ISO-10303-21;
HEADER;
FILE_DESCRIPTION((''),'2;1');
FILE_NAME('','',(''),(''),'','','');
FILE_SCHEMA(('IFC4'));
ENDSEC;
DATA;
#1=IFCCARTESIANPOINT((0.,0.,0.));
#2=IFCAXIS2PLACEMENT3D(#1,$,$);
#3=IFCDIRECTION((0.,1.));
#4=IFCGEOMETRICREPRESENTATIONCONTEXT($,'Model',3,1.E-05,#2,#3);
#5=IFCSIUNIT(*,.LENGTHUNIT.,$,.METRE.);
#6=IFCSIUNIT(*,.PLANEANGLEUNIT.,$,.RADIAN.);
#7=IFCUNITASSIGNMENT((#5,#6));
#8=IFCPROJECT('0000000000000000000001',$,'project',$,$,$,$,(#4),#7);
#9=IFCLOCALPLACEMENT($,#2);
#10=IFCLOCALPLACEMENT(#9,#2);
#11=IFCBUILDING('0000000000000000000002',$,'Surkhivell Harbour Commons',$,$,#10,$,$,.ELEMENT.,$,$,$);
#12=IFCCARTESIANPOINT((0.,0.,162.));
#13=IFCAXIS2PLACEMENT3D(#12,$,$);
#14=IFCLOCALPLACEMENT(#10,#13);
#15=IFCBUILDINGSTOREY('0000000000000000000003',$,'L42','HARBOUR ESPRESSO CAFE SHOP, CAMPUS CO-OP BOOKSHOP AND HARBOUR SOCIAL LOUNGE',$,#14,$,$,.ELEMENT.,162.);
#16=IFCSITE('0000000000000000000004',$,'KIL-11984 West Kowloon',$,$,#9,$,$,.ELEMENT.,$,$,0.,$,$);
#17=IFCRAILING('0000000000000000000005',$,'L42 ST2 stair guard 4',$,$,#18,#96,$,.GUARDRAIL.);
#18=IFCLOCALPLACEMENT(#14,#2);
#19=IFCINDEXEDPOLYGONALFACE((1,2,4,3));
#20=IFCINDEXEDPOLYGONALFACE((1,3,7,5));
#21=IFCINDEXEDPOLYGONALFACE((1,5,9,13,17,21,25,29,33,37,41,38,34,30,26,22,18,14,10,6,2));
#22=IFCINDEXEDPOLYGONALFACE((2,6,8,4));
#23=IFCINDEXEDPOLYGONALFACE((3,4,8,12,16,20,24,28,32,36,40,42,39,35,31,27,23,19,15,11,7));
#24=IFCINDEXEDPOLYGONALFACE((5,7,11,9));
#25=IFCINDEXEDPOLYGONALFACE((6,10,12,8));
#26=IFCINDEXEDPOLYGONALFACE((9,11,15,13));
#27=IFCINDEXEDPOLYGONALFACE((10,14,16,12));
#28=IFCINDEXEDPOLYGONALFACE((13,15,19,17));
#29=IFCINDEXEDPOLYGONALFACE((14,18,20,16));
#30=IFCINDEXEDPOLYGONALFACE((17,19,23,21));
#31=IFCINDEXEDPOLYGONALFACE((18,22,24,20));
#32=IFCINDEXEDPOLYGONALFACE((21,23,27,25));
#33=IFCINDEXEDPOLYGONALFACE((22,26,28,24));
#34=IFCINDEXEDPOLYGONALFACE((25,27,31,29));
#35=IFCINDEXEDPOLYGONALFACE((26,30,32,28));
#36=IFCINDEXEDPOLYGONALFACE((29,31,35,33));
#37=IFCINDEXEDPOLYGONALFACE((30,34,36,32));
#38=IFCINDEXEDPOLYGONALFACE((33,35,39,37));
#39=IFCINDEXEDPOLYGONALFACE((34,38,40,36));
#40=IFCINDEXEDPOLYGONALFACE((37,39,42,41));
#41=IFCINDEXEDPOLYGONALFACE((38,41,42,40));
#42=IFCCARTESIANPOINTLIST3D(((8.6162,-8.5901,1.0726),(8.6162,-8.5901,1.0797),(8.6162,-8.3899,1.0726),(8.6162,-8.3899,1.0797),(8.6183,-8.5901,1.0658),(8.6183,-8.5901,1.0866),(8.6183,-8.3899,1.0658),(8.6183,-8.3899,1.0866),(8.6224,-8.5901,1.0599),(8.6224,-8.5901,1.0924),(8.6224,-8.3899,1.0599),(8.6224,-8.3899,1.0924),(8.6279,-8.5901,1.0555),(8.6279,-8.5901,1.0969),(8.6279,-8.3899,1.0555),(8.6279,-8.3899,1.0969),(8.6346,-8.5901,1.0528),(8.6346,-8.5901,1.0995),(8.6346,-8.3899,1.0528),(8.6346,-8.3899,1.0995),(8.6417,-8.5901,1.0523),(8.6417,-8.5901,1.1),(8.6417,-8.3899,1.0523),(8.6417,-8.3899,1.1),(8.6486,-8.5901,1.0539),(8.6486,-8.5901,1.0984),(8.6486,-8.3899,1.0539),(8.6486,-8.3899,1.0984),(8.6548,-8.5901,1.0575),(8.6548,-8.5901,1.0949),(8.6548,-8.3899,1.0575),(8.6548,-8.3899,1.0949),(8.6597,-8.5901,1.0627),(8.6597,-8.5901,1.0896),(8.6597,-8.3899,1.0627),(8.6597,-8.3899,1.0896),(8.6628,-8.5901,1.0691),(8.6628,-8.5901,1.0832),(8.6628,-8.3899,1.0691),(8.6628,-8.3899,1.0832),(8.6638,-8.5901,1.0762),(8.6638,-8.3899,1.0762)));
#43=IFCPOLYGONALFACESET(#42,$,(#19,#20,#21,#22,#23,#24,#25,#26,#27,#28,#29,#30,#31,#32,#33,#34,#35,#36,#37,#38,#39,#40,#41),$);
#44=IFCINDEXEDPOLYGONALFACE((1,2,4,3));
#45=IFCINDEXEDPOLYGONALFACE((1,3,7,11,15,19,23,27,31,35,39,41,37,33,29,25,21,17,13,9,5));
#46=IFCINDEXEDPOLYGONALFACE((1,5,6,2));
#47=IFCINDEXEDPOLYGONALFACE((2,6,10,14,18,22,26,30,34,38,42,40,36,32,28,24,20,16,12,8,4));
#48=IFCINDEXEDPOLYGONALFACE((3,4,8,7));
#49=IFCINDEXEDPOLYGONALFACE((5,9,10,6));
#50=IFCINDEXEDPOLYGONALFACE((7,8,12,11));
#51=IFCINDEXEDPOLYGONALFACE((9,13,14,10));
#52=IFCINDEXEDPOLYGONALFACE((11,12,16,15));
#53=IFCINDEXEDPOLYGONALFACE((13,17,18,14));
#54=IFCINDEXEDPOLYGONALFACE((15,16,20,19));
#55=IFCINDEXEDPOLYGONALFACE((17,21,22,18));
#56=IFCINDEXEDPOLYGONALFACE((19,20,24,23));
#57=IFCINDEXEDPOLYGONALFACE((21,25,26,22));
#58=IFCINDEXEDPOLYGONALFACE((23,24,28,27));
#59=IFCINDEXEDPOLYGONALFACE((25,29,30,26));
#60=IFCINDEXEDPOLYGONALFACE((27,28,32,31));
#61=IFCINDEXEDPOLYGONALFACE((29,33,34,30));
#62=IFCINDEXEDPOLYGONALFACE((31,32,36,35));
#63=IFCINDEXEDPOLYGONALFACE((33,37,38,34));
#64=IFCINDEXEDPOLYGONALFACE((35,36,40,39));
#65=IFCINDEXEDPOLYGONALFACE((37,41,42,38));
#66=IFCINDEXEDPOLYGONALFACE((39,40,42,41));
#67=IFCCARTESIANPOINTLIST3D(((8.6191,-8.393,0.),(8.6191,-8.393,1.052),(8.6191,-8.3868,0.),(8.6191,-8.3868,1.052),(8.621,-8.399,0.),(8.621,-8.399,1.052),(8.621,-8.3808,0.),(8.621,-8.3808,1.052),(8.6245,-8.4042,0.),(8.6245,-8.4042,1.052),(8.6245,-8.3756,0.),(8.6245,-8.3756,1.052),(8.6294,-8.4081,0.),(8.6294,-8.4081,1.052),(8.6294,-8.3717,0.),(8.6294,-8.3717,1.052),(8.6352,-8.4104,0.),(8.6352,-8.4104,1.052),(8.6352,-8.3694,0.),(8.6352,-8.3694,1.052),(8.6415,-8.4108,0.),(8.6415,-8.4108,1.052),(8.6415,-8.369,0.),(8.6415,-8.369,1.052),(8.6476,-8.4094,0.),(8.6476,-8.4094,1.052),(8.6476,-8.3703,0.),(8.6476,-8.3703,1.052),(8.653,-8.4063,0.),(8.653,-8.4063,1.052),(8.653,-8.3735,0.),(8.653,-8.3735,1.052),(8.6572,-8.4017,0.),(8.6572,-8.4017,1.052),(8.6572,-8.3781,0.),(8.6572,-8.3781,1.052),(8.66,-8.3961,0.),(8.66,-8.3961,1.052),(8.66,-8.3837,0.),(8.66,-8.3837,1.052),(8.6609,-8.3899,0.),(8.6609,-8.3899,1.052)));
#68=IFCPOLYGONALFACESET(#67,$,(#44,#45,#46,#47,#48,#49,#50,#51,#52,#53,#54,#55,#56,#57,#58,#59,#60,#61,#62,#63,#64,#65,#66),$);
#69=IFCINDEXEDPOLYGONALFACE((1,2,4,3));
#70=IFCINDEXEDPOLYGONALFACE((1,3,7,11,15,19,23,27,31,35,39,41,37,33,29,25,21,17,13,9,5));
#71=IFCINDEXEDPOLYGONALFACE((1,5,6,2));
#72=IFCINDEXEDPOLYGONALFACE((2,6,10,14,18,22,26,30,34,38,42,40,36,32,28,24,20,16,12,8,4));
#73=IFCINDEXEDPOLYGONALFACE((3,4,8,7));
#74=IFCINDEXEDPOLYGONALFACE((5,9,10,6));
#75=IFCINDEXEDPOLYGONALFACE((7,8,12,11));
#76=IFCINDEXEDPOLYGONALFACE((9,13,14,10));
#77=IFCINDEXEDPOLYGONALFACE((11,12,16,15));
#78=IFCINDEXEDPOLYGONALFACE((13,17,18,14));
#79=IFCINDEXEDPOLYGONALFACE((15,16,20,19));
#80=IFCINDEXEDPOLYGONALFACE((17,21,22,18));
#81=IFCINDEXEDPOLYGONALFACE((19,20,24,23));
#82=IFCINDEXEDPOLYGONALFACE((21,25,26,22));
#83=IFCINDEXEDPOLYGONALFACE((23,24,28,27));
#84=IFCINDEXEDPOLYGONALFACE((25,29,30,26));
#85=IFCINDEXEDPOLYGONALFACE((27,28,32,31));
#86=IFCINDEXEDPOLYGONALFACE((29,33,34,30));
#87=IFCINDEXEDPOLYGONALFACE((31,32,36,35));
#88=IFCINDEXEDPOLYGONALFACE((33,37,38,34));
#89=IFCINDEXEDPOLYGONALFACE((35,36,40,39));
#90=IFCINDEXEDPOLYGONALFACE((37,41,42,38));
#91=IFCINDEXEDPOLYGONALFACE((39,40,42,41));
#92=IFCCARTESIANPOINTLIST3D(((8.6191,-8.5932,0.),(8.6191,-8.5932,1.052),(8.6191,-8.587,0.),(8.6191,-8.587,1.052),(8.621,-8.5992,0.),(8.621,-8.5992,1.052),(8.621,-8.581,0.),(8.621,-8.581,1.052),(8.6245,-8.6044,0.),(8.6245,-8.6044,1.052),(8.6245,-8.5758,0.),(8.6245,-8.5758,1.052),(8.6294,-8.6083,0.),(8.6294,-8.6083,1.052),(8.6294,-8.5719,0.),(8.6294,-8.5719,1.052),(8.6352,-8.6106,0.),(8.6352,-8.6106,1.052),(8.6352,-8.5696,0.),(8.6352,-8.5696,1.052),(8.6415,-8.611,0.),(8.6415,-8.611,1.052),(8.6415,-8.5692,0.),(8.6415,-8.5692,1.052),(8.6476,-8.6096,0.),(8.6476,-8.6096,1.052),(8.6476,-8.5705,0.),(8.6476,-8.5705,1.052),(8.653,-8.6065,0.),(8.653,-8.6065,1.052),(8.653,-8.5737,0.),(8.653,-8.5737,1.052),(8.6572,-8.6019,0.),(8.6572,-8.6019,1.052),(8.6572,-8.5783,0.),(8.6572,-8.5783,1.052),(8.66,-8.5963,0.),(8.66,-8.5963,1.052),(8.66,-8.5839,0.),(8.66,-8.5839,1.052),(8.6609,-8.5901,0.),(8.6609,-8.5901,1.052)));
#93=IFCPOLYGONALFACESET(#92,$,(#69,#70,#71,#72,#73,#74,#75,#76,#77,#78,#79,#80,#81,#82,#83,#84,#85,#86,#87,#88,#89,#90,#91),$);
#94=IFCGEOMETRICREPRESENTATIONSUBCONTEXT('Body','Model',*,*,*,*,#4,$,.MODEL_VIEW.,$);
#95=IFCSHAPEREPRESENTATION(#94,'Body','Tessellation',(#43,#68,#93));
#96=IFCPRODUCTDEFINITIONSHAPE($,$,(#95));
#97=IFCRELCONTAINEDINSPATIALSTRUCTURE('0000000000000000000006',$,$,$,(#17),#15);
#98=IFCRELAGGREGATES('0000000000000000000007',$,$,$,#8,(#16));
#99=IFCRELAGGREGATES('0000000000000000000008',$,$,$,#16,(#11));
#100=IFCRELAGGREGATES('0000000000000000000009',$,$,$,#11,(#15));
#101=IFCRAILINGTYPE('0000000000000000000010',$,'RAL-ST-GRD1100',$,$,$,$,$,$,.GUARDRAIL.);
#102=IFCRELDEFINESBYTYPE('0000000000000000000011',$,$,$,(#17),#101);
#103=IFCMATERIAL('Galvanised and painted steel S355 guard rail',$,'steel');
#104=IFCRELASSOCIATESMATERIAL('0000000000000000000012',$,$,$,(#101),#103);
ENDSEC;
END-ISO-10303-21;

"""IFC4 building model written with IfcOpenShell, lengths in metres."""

from ifc_helpers import new_model, si_unit, direction, frame, origin, origin_2d, place, context, subcontext, project, spatial, circle, extrude, material, type_object, element, save


model = new_model("IFC4")

# Units and contexts
model_context = context("Model", 3, precision=1e-05, world=origin(), true_north=direction((0.0, 1.0)))
body_context = subcontext(model_context, "Body", "Model", "MODEL_VIEW")
ifc_project = project(units=[si_unit("LENGTHUNIT", "METRE"), si_unit("PLANEANGLEUNIT", "RADIAN")], contexts=[model_context])

# Site, building, storey
site_placement = place(None, origin())
site = spatial("IfcSite", under=ifc_project, at=site_placement, Name="KIL-11984 West Kowloon", CompositionType="ELEMENT", RefElevation=0.0)
building_placement = place(site_placement, origin())
building = spatial("IfcBuilding", under=site, at=building_placement, Name="Surkhivell Harbour Commons", CompositionType="ELEMENT")
storey_placement = place(building_placement, frame((0.0, 0.0, 162.0)))
storey = spatial("IfcBuildingStorey", under=building, at=storey_placement, Name="L42", Description="HARBOUR ESPRESSO CAFE SHOP, CAMPUS CO-OP BOOKSHOP AND HARBOUR SOCIAL LOUNGE", CompositionType="ELEMENT", Elevation=162.0)

# Railing
ifc_material_1 = material(Name="Galvanised and painted steel S355 guard rail", Category="steel")
railing_type = type_object("IfcRailingType", Name="RAL-ST-GRD1100", PredefinedType="GUARDRAIL", material=ifc_material_1)
railing_1_placement = place(storey_placement, frame((8.6399, -8.3899, 0.0)))
element("IfcRailing", 1, at=railing_1_placement, inside=storey, type_object=railing_type, Name="L42 ST2 stair guard 4", PredefinedType="GUARDRAIL", context=body_context, shape_type="SweptSolid", body=[
    extrude(circle(Radius=0.0239, at=origin_2d()), frame((0.0, 0.0, 1.0762), z_axis=(0.0, -1.0, 0.0), x_axis=(1.0, 0.0, 0.0)), (0.0, 0.0, 1.0), 0.2002),
    extrude(circle(Radius=0.021, at=origin_2d()), origin(), (0.0, 0.0, 1.0), 1.052),
    extrude(circle(Radius=0.021, at=origin_2d()), frame((0.0, -0.2002, 0.0)), (0.0, 0.0, 1.0), 1.052),
])

save(model, "model.ifc")
